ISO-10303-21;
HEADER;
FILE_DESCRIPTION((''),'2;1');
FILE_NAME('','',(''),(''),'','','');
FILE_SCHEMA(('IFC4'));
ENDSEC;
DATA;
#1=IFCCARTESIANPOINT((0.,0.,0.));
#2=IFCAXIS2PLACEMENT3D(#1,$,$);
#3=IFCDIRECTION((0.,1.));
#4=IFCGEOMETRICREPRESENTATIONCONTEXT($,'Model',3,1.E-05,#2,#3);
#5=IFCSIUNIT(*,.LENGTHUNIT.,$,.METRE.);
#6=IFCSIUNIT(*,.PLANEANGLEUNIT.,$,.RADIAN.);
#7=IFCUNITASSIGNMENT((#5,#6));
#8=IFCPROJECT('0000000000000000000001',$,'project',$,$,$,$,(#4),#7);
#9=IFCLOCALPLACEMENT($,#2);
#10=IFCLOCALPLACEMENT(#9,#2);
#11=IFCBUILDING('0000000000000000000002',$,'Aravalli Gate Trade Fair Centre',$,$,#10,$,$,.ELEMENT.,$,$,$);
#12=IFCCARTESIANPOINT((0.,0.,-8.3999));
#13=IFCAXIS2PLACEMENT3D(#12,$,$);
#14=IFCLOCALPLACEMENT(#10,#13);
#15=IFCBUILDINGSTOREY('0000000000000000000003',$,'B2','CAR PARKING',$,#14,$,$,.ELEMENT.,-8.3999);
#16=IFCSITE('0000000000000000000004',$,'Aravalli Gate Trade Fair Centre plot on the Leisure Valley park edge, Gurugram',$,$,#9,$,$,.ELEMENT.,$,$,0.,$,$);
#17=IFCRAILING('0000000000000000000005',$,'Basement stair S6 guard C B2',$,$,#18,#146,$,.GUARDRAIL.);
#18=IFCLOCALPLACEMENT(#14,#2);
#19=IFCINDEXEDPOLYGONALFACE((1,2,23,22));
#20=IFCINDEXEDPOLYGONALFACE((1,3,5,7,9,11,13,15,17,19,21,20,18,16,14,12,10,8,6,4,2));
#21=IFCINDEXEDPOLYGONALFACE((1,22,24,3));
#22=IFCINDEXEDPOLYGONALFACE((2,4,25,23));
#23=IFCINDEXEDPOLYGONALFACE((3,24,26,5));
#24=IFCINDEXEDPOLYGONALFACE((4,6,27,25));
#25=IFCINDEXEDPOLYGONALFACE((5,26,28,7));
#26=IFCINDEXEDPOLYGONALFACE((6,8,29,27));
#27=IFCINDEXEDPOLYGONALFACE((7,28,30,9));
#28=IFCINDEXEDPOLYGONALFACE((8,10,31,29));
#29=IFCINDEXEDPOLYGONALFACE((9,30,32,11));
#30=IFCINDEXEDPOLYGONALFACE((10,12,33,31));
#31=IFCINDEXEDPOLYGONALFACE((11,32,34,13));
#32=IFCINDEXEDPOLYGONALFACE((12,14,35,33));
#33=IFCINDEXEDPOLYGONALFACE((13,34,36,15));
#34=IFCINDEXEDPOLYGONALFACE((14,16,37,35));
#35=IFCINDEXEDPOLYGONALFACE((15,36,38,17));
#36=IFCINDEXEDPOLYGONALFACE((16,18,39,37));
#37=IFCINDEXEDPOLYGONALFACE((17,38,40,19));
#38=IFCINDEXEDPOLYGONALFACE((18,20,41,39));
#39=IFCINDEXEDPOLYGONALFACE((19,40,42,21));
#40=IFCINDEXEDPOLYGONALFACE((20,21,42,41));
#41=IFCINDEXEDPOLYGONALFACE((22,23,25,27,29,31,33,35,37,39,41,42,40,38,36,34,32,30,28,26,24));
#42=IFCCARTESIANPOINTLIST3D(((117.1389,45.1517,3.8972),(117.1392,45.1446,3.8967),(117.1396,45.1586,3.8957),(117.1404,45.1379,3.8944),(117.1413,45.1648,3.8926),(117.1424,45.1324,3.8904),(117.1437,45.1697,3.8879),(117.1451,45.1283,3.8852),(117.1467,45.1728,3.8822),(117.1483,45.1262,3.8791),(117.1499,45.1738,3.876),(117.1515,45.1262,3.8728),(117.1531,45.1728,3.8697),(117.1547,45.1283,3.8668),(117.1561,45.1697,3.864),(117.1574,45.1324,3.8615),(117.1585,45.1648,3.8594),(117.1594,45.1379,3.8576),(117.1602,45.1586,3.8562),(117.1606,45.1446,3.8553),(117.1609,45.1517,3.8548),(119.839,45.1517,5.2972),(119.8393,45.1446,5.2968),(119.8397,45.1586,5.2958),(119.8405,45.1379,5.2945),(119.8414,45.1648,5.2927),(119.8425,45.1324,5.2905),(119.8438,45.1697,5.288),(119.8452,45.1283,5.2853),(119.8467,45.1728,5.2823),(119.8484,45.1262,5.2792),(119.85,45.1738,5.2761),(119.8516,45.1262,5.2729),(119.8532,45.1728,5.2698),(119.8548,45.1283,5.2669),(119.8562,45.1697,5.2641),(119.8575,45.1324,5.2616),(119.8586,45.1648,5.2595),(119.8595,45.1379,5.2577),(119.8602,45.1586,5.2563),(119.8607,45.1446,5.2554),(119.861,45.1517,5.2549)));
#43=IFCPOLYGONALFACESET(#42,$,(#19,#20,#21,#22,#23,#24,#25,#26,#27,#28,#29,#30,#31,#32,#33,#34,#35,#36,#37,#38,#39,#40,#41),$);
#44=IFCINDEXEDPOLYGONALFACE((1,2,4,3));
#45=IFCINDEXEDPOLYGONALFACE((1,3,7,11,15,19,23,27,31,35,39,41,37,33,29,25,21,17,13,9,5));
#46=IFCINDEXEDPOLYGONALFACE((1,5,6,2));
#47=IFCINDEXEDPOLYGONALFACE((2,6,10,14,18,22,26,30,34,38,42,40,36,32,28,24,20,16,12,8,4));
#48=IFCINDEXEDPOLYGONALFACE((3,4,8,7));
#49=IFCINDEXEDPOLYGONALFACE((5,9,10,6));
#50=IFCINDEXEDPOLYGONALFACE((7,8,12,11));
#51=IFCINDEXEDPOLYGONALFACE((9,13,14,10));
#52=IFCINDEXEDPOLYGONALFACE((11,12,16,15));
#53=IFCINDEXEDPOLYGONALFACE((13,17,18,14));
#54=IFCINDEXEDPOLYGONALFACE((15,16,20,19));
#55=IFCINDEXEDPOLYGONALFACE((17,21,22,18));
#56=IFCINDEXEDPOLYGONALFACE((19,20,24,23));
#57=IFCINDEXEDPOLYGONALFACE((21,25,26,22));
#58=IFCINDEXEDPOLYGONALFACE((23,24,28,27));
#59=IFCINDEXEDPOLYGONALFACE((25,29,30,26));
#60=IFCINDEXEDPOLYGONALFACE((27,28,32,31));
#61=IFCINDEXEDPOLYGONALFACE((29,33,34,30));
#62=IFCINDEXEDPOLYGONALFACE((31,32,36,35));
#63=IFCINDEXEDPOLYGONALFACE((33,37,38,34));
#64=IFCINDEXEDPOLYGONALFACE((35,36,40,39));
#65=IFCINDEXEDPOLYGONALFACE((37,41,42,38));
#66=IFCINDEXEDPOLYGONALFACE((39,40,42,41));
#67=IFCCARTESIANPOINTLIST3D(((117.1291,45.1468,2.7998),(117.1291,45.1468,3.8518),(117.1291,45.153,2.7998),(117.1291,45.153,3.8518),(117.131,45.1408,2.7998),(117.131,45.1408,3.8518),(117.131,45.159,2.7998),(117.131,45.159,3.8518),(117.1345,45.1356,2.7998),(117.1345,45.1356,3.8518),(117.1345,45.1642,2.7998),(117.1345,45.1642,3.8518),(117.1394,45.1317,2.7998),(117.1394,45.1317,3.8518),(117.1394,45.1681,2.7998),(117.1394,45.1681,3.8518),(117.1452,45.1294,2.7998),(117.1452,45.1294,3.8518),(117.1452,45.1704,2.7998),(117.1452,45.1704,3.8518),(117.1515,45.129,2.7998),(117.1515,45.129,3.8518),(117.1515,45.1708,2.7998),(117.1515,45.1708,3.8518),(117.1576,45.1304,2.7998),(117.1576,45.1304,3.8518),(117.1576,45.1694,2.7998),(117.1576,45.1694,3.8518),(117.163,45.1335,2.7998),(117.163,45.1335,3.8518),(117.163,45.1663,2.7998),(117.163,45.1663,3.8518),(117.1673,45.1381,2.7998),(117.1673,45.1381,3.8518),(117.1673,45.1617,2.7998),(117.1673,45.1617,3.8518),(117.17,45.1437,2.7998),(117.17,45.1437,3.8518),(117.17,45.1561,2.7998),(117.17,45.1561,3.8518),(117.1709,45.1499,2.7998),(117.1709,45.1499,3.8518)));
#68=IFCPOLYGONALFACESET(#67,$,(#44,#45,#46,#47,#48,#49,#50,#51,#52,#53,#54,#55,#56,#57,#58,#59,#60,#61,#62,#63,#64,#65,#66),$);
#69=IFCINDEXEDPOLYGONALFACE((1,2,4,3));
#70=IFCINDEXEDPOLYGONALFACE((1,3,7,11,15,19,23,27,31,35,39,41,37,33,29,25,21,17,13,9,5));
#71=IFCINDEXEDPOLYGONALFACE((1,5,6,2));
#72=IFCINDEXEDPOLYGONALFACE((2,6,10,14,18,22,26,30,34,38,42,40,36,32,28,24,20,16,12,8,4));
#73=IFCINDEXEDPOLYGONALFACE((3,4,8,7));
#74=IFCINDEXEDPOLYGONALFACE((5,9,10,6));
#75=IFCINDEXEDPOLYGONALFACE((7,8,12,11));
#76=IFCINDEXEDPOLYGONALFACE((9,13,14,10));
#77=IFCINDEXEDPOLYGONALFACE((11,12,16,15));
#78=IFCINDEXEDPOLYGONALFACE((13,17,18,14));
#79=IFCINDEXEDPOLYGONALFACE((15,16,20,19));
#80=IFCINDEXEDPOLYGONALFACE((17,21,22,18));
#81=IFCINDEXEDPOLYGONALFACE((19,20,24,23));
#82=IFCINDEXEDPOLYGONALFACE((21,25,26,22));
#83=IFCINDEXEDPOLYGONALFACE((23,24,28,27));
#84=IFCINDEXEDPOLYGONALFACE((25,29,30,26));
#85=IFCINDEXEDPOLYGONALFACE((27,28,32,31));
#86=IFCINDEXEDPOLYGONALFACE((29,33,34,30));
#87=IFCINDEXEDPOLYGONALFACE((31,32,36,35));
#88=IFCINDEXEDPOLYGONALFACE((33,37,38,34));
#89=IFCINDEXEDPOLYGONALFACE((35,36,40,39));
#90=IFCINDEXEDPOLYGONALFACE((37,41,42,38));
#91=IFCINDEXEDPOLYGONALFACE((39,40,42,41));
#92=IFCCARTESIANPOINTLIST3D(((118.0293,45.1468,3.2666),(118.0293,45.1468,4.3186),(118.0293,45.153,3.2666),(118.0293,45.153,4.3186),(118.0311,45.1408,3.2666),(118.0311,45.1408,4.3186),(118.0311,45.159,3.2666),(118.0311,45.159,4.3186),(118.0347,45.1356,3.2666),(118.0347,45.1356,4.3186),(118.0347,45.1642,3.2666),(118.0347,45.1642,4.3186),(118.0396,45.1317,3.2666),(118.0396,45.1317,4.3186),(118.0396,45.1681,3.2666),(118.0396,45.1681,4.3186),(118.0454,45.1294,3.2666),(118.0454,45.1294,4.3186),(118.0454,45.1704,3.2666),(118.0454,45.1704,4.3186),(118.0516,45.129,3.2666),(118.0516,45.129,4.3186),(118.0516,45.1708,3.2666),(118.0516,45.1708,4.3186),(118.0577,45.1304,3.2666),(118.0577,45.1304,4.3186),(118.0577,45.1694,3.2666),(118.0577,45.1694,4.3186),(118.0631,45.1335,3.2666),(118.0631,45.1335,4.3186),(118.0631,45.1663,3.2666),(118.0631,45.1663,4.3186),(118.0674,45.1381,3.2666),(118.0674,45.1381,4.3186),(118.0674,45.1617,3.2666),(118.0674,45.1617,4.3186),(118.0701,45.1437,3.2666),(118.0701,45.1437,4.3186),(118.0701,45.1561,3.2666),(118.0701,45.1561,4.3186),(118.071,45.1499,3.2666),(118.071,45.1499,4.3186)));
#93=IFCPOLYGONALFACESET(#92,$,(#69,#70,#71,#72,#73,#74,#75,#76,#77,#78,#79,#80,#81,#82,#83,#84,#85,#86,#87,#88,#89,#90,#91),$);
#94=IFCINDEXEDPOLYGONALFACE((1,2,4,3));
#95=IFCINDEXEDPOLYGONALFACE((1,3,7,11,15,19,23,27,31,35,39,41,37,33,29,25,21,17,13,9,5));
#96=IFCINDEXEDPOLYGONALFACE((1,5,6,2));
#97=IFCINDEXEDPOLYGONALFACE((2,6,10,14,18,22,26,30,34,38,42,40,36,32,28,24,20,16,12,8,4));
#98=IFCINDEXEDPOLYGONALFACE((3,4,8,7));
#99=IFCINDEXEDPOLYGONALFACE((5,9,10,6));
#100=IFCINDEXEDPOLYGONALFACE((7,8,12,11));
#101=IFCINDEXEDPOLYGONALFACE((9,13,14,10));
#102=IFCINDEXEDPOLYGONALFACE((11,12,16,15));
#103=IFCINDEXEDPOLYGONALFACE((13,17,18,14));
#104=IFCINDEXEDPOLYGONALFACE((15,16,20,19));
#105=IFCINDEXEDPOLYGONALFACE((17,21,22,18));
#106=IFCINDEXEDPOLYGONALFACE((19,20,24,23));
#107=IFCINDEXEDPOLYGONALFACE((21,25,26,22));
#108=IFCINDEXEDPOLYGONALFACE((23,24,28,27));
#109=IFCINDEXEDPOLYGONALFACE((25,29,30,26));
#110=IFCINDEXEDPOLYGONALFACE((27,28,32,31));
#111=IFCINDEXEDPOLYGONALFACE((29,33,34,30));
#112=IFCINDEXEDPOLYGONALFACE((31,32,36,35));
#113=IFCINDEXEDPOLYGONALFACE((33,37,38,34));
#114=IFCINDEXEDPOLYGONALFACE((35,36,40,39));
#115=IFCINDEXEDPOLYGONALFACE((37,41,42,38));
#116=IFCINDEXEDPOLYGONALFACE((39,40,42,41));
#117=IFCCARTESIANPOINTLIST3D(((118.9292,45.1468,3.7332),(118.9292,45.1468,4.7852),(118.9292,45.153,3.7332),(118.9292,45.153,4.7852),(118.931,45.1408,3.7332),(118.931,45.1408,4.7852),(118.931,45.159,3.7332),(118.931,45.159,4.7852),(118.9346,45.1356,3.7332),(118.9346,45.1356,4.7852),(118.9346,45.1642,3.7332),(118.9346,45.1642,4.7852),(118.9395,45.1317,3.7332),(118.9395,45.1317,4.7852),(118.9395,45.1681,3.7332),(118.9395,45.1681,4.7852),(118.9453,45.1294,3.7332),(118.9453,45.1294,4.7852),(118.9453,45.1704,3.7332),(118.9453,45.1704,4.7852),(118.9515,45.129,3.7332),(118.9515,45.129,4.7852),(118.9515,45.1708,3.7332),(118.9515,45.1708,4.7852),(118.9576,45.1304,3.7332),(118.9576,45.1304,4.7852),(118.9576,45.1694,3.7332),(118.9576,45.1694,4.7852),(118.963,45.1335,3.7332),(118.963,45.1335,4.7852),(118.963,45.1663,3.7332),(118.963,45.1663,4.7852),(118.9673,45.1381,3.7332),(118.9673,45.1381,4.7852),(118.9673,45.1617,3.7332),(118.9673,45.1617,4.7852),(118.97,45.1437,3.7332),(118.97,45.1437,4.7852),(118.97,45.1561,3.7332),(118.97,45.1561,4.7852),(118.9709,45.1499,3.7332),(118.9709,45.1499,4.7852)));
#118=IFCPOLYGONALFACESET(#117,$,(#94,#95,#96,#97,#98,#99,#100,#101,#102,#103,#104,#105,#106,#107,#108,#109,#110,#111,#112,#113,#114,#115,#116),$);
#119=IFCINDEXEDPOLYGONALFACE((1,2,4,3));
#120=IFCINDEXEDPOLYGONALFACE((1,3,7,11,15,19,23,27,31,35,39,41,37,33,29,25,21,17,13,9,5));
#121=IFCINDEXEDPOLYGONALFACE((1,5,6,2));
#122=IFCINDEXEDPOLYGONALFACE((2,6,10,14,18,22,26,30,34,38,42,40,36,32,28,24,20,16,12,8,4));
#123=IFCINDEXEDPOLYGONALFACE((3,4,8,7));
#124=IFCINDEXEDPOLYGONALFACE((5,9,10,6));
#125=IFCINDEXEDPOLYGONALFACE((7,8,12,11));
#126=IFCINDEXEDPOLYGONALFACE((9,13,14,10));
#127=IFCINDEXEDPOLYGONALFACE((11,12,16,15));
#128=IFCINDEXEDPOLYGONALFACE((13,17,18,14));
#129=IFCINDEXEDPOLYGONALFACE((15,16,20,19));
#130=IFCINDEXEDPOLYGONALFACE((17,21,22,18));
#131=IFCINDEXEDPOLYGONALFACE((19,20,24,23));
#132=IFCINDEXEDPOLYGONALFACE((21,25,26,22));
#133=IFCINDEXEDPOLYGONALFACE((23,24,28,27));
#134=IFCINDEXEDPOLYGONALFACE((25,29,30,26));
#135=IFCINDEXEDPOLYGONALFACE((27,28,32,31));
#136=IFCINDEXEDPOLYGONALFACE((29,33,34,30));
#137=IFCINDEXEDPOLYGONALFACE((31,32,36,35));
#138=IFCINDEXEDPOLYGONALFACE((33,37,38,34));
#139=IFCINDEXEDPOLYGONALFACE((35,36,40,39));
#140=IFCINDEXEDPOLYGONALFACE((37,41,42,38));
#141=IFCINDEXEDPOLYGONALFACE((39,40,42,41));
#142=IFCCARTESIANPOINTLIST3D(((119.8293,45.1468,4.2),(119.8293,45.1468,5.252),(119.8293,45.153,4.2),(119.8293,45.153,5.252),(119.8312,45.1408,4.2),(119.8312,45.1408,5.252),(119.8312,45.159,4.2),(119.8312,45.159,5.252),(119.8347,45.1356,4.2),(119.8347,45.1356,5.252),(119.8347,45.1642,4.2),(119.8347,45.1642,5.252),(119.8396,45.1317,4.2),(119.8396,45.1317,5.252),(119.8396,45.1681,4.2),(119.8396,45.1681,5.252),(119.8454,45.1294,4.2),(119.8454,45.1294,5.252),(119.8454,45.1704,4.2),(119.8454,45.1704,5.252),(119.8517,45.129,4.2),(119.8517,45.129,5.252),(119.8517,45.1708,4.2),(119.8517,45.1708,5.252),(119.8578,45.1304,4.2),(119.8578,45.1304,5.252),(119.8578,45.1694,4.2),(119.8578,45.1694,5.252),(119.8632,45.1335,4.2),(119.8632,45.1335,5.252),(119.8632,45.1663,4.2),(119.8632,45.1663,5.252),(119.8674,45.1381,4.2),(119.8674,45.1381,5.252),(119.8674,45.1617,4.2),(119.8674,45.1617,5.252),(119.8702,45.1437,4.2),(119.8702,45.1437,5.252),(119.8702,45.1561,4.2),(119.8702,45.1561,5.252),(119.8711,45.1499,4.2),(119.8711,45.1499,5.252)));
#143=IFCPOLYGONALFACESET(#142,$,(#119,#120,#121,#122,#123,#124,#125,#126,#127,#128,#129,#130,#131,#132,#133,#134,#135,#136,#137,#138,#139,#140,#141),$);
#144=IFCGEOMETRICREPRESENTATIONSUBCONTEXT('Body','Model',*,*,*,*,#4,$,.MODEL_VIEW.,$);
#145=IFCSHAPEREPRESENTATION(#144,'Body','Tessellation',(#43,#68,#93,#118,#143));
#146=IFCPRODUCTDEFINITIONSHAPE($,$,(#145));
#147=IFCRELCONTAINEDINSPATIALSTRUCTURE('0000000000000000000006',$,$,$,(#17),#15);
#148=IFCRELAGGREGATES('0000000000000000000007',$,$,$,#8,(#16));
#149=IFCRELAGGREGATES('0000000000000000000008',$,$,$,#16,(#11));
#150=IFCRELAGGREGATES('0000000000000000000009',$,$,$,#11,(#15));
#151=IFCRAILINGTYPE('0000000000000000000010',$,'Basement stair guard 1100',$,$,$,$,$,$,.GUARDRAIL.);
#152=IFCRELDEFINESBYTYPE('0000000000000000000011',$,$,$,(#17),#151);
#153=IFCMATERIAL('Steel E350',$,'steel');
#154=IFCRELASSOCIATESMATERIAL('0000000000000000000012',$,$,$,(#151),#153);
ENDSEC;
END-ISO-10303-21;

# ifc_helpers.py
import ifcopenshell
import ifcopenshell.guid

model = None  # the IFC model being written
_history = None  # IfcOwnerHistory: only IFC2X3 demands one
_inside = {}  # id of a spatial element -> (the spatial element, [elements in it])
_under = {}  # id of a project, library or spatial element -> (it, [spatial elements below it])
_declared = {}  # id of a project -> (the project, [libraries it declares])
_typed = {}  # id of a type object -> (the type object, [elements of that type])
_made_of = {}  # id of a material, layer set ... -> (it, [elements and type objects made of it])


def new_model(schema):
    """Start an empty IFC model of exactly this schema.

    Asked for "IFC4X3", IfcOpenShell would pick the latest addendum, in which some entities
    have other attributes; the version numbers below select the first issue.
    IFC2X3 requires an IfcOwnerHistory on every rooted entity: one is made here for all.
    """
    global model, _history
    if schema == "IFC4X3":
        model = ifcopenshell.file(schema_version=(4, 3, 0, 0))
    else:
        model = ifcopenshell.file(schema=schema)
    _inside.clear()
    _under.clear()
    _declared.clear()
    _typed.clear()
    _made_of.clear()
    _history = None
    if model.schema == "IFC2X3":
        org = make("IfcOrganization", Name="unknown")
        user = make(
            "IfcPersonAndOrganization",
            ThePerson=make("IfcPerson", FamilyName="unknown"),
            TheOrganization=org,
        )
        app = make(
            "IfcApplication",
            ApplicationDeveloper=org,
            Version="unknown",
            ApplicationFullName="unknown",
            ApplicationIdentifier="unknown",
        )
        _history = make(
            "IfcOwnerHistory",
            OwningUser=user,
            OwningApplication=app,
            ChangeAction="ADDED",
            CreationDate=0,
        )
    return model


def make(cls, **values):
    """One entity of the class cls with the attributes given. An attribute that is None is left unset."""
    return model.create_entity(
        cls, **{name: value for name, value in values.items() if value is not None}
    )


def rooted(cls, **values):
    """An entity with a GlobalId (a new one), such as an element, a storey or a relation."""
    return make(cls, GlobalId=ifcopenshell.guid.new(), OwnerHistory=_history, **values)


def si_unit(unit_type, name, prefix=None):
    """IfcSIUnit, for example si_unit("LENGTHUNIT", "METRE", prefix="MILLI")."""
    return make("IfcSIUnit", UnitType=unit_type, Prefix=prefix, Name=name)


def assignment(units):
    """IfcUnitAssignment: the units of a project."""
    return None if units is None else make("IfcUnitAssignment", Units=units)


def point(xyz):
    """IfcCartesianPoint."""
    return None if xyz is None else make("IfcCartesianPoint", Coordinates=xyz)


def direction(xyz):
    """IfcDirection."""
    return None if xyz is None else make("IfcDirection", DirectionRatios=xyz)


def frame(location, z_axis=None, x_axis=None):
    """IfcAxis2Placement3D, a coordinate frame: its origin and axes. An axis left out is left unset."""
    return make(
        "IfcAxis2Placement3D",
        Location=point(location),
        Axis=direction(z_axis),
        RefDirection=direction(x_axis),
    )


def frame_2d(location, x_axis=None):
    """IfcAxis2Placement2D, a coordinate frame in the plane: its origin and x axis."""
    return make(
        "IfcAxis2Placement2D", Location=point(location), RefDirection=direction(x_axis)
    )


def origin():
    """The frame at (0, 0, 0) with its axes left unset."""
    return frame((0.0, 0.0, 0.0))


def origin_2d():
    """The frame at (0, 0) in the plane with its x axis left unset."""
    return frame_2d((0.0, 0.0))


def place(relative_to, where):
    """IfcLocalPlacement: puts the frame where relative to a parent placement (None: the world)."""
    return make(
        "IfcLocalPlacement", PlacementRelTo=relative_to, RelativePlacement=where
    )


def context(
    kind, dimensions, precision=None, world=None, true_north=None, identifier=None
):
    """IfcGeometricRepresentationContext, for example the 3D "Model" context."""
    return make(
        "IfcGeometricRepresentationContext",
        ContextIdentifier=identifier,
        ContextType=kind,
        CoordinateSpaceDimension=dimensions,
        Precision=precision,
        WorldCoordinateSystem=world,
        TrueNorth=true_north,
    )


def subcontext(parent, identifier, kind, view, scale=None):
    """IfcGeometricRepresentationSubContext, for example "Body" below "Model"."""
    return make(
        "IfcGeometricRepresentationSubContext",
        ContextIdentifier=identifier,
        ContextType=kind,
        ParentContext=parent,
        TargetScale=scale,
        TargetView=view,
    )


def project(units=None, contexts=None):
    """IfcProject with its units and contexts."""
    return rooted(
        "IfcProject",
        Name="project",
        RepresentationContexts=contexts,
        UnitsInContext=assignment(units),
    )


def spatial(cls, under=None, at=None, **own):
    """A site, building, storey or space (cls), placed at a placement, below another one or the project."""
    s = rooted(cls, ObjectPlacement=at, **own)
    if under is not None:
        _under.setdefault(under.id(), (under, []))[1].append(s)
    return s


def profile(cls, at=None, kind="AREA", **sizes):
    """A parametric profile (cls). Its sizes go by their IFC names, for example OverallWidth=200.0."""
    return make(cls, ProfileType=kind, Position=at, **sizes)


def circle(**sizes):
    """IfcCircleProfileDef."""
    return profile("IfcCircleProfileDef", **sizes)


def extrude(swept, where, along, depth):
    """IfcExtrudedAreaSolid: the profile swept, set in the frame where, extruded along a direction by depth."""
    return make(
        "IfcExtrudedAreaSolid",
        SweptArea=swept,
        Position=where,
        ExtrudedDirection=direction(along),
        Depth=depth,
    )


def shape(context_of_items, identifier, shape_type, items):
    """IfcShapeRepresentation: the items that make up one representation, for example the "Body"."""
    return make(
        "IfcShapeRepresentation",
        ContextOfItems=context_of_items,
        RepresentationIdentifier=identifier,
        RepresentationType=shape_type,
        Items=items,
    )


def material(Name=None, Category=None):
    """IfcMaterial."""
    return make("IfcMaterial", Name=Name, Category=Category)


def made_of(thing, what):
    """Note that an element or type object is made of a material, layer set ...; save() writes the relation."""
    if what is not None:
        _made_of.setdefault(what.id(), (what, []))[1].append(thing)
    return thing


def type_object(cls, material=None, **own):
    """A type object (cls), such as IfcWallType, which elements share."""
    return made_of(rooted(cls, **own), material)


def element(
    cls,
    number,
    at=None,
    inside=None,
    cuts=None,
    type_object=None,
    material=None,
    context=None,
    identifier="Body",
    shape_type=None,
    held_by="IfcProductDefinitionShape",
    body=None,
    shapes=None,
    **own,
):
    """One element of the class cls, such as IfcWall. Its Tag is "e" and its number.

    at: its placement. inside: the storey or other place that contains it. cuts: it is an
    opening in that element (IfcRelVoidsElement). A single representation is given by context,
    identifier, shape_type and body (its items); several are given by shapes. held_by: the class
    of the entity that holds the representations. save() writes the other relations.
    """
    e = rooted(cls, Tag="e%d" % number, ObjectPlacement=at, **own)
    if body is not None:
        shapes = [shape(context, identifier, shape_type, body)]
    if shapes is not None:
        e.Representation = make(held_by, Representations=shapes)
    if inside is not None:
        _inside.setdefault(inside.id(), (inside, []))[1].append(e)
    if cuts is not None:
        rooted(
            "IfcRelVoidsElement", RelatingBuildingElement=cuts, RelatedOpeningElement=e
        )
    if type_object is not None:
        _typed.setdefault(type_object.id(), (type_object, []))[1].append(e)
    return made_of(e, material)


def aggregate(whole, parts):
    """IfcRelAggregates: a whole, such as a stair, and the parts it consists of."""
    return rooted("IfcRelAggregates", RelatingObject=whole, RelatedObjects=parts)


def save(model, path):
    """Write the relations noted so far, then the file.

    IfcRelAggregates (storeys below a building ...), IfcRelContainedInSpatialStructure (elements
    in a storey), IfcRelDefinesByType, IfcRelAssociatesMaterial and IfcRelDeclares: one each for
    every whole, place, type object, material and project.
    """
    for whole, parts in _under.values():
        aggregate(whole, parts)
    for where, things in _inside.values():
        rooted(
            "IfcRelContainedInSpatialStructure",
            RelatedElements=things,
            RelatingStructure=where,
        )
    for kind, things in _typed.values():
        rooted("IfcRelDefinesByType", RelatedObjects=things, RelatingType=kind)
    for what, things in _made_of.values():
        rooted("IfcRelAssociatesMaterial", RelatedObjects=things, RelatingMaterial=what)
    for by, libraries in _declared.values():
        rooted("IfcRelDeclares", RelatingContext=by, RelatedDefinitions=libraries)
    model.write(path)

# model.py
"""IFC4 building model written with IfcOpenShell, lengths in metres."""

from ifc_helpers import new_model, si_unit, direction, frame, origin, origin_2d, place, context, subcontext, project, spatial, circle, extrude, material, type_object, element, save


model = new_model("IFC4")

# Units and contexts
model_context = context("Model", 3, precision=1e-05, world=origin(), true_north=direction((0.0, 1.0)))
body_context = subcontext(model_context, "Body", "Model", "MODEL_VIEW")
ifc_project = project(units=[si_unit("LENGTHUNIT", "METRE"), si_unit("PLANEANGLEUNIT", "RADIAN")], contexts=[model_context])

# Site, building, storey
site_placement = place(None, origin())
site = spatial("IfcSite", under=ifc_project, at=site_placement, Name="Aravalli Gate Trade Fair Centre plot on the Leisure Valley park edge, Gurugram", CompositionType="ELEMENT", RefElevation=0.0)
building_placement = place(site_placement, origin())
building = spatial("IfcBuilding", under=site, at=building_placement, Name="Aravalli Gate Trade Fair Centre", CompositionType="ELEMENT")
storey_placement = place(building_placement, frame((0.0, 0.0, -8.3999)))
storey = spatial("IfcBuildingStorey", under=building, at=storey_placement, Name="B2", Description="CAR PARKING", CompositionType="ELEMENT", Elevation=-8.3999)

# Railing
ifc_material_1 = material(Name="Steel E350", Category="steel")
railing_type_1 = type_object("IfcRailingType", Name="Basement stair guard 1100", PredefinedType="GUARDRAIL", material=ifc_material_1)
railing_1_placement = place(storey_placement, frame((117.1499, 45.1499, 2.7998)))
element("IfcRailing", 1, at=railing_1_placement, inside=storey, type_object=railing_type_1, Name="Basement stair S6 guard C B2", PredefinedType="GUARDRAIL", context=body_context, shape_type="SweptSolid", body=[
    extrude(circle(Radius=0.0239, at=origin_2d()), frame((0.0, 0.0, 1.0762), z_axis=(0.887748, 0.0, 0.460329), x_axis=(0.0, 1.0, 0.0)), (0.0, 0.0, 1.0), 3.0415),
    extrude(circle(Radius=0.021, at=origin_2d()), origin(), (0.0, 0.0, 1.0), 1.052),
    extrude(circle(Radius=0.021, at=origin_2d()), frame((0.9001, 0.0, 0.4668)), (0.0, 0.0, 1.0), 1.052),
    extrude(circle(Radius=0.021, at=origin_2d()), frame((1.8, 0.0, 0.9333)), (0.0, 0.0, 1.0), 1.052),
    extrude(circle(Radius=0.021, at=origin_2d()), frame((2.7002, 0.0, 1.4001)), (0.0, 0.0, 1.0), 1.052),
])

save(model, "model.ifc")
